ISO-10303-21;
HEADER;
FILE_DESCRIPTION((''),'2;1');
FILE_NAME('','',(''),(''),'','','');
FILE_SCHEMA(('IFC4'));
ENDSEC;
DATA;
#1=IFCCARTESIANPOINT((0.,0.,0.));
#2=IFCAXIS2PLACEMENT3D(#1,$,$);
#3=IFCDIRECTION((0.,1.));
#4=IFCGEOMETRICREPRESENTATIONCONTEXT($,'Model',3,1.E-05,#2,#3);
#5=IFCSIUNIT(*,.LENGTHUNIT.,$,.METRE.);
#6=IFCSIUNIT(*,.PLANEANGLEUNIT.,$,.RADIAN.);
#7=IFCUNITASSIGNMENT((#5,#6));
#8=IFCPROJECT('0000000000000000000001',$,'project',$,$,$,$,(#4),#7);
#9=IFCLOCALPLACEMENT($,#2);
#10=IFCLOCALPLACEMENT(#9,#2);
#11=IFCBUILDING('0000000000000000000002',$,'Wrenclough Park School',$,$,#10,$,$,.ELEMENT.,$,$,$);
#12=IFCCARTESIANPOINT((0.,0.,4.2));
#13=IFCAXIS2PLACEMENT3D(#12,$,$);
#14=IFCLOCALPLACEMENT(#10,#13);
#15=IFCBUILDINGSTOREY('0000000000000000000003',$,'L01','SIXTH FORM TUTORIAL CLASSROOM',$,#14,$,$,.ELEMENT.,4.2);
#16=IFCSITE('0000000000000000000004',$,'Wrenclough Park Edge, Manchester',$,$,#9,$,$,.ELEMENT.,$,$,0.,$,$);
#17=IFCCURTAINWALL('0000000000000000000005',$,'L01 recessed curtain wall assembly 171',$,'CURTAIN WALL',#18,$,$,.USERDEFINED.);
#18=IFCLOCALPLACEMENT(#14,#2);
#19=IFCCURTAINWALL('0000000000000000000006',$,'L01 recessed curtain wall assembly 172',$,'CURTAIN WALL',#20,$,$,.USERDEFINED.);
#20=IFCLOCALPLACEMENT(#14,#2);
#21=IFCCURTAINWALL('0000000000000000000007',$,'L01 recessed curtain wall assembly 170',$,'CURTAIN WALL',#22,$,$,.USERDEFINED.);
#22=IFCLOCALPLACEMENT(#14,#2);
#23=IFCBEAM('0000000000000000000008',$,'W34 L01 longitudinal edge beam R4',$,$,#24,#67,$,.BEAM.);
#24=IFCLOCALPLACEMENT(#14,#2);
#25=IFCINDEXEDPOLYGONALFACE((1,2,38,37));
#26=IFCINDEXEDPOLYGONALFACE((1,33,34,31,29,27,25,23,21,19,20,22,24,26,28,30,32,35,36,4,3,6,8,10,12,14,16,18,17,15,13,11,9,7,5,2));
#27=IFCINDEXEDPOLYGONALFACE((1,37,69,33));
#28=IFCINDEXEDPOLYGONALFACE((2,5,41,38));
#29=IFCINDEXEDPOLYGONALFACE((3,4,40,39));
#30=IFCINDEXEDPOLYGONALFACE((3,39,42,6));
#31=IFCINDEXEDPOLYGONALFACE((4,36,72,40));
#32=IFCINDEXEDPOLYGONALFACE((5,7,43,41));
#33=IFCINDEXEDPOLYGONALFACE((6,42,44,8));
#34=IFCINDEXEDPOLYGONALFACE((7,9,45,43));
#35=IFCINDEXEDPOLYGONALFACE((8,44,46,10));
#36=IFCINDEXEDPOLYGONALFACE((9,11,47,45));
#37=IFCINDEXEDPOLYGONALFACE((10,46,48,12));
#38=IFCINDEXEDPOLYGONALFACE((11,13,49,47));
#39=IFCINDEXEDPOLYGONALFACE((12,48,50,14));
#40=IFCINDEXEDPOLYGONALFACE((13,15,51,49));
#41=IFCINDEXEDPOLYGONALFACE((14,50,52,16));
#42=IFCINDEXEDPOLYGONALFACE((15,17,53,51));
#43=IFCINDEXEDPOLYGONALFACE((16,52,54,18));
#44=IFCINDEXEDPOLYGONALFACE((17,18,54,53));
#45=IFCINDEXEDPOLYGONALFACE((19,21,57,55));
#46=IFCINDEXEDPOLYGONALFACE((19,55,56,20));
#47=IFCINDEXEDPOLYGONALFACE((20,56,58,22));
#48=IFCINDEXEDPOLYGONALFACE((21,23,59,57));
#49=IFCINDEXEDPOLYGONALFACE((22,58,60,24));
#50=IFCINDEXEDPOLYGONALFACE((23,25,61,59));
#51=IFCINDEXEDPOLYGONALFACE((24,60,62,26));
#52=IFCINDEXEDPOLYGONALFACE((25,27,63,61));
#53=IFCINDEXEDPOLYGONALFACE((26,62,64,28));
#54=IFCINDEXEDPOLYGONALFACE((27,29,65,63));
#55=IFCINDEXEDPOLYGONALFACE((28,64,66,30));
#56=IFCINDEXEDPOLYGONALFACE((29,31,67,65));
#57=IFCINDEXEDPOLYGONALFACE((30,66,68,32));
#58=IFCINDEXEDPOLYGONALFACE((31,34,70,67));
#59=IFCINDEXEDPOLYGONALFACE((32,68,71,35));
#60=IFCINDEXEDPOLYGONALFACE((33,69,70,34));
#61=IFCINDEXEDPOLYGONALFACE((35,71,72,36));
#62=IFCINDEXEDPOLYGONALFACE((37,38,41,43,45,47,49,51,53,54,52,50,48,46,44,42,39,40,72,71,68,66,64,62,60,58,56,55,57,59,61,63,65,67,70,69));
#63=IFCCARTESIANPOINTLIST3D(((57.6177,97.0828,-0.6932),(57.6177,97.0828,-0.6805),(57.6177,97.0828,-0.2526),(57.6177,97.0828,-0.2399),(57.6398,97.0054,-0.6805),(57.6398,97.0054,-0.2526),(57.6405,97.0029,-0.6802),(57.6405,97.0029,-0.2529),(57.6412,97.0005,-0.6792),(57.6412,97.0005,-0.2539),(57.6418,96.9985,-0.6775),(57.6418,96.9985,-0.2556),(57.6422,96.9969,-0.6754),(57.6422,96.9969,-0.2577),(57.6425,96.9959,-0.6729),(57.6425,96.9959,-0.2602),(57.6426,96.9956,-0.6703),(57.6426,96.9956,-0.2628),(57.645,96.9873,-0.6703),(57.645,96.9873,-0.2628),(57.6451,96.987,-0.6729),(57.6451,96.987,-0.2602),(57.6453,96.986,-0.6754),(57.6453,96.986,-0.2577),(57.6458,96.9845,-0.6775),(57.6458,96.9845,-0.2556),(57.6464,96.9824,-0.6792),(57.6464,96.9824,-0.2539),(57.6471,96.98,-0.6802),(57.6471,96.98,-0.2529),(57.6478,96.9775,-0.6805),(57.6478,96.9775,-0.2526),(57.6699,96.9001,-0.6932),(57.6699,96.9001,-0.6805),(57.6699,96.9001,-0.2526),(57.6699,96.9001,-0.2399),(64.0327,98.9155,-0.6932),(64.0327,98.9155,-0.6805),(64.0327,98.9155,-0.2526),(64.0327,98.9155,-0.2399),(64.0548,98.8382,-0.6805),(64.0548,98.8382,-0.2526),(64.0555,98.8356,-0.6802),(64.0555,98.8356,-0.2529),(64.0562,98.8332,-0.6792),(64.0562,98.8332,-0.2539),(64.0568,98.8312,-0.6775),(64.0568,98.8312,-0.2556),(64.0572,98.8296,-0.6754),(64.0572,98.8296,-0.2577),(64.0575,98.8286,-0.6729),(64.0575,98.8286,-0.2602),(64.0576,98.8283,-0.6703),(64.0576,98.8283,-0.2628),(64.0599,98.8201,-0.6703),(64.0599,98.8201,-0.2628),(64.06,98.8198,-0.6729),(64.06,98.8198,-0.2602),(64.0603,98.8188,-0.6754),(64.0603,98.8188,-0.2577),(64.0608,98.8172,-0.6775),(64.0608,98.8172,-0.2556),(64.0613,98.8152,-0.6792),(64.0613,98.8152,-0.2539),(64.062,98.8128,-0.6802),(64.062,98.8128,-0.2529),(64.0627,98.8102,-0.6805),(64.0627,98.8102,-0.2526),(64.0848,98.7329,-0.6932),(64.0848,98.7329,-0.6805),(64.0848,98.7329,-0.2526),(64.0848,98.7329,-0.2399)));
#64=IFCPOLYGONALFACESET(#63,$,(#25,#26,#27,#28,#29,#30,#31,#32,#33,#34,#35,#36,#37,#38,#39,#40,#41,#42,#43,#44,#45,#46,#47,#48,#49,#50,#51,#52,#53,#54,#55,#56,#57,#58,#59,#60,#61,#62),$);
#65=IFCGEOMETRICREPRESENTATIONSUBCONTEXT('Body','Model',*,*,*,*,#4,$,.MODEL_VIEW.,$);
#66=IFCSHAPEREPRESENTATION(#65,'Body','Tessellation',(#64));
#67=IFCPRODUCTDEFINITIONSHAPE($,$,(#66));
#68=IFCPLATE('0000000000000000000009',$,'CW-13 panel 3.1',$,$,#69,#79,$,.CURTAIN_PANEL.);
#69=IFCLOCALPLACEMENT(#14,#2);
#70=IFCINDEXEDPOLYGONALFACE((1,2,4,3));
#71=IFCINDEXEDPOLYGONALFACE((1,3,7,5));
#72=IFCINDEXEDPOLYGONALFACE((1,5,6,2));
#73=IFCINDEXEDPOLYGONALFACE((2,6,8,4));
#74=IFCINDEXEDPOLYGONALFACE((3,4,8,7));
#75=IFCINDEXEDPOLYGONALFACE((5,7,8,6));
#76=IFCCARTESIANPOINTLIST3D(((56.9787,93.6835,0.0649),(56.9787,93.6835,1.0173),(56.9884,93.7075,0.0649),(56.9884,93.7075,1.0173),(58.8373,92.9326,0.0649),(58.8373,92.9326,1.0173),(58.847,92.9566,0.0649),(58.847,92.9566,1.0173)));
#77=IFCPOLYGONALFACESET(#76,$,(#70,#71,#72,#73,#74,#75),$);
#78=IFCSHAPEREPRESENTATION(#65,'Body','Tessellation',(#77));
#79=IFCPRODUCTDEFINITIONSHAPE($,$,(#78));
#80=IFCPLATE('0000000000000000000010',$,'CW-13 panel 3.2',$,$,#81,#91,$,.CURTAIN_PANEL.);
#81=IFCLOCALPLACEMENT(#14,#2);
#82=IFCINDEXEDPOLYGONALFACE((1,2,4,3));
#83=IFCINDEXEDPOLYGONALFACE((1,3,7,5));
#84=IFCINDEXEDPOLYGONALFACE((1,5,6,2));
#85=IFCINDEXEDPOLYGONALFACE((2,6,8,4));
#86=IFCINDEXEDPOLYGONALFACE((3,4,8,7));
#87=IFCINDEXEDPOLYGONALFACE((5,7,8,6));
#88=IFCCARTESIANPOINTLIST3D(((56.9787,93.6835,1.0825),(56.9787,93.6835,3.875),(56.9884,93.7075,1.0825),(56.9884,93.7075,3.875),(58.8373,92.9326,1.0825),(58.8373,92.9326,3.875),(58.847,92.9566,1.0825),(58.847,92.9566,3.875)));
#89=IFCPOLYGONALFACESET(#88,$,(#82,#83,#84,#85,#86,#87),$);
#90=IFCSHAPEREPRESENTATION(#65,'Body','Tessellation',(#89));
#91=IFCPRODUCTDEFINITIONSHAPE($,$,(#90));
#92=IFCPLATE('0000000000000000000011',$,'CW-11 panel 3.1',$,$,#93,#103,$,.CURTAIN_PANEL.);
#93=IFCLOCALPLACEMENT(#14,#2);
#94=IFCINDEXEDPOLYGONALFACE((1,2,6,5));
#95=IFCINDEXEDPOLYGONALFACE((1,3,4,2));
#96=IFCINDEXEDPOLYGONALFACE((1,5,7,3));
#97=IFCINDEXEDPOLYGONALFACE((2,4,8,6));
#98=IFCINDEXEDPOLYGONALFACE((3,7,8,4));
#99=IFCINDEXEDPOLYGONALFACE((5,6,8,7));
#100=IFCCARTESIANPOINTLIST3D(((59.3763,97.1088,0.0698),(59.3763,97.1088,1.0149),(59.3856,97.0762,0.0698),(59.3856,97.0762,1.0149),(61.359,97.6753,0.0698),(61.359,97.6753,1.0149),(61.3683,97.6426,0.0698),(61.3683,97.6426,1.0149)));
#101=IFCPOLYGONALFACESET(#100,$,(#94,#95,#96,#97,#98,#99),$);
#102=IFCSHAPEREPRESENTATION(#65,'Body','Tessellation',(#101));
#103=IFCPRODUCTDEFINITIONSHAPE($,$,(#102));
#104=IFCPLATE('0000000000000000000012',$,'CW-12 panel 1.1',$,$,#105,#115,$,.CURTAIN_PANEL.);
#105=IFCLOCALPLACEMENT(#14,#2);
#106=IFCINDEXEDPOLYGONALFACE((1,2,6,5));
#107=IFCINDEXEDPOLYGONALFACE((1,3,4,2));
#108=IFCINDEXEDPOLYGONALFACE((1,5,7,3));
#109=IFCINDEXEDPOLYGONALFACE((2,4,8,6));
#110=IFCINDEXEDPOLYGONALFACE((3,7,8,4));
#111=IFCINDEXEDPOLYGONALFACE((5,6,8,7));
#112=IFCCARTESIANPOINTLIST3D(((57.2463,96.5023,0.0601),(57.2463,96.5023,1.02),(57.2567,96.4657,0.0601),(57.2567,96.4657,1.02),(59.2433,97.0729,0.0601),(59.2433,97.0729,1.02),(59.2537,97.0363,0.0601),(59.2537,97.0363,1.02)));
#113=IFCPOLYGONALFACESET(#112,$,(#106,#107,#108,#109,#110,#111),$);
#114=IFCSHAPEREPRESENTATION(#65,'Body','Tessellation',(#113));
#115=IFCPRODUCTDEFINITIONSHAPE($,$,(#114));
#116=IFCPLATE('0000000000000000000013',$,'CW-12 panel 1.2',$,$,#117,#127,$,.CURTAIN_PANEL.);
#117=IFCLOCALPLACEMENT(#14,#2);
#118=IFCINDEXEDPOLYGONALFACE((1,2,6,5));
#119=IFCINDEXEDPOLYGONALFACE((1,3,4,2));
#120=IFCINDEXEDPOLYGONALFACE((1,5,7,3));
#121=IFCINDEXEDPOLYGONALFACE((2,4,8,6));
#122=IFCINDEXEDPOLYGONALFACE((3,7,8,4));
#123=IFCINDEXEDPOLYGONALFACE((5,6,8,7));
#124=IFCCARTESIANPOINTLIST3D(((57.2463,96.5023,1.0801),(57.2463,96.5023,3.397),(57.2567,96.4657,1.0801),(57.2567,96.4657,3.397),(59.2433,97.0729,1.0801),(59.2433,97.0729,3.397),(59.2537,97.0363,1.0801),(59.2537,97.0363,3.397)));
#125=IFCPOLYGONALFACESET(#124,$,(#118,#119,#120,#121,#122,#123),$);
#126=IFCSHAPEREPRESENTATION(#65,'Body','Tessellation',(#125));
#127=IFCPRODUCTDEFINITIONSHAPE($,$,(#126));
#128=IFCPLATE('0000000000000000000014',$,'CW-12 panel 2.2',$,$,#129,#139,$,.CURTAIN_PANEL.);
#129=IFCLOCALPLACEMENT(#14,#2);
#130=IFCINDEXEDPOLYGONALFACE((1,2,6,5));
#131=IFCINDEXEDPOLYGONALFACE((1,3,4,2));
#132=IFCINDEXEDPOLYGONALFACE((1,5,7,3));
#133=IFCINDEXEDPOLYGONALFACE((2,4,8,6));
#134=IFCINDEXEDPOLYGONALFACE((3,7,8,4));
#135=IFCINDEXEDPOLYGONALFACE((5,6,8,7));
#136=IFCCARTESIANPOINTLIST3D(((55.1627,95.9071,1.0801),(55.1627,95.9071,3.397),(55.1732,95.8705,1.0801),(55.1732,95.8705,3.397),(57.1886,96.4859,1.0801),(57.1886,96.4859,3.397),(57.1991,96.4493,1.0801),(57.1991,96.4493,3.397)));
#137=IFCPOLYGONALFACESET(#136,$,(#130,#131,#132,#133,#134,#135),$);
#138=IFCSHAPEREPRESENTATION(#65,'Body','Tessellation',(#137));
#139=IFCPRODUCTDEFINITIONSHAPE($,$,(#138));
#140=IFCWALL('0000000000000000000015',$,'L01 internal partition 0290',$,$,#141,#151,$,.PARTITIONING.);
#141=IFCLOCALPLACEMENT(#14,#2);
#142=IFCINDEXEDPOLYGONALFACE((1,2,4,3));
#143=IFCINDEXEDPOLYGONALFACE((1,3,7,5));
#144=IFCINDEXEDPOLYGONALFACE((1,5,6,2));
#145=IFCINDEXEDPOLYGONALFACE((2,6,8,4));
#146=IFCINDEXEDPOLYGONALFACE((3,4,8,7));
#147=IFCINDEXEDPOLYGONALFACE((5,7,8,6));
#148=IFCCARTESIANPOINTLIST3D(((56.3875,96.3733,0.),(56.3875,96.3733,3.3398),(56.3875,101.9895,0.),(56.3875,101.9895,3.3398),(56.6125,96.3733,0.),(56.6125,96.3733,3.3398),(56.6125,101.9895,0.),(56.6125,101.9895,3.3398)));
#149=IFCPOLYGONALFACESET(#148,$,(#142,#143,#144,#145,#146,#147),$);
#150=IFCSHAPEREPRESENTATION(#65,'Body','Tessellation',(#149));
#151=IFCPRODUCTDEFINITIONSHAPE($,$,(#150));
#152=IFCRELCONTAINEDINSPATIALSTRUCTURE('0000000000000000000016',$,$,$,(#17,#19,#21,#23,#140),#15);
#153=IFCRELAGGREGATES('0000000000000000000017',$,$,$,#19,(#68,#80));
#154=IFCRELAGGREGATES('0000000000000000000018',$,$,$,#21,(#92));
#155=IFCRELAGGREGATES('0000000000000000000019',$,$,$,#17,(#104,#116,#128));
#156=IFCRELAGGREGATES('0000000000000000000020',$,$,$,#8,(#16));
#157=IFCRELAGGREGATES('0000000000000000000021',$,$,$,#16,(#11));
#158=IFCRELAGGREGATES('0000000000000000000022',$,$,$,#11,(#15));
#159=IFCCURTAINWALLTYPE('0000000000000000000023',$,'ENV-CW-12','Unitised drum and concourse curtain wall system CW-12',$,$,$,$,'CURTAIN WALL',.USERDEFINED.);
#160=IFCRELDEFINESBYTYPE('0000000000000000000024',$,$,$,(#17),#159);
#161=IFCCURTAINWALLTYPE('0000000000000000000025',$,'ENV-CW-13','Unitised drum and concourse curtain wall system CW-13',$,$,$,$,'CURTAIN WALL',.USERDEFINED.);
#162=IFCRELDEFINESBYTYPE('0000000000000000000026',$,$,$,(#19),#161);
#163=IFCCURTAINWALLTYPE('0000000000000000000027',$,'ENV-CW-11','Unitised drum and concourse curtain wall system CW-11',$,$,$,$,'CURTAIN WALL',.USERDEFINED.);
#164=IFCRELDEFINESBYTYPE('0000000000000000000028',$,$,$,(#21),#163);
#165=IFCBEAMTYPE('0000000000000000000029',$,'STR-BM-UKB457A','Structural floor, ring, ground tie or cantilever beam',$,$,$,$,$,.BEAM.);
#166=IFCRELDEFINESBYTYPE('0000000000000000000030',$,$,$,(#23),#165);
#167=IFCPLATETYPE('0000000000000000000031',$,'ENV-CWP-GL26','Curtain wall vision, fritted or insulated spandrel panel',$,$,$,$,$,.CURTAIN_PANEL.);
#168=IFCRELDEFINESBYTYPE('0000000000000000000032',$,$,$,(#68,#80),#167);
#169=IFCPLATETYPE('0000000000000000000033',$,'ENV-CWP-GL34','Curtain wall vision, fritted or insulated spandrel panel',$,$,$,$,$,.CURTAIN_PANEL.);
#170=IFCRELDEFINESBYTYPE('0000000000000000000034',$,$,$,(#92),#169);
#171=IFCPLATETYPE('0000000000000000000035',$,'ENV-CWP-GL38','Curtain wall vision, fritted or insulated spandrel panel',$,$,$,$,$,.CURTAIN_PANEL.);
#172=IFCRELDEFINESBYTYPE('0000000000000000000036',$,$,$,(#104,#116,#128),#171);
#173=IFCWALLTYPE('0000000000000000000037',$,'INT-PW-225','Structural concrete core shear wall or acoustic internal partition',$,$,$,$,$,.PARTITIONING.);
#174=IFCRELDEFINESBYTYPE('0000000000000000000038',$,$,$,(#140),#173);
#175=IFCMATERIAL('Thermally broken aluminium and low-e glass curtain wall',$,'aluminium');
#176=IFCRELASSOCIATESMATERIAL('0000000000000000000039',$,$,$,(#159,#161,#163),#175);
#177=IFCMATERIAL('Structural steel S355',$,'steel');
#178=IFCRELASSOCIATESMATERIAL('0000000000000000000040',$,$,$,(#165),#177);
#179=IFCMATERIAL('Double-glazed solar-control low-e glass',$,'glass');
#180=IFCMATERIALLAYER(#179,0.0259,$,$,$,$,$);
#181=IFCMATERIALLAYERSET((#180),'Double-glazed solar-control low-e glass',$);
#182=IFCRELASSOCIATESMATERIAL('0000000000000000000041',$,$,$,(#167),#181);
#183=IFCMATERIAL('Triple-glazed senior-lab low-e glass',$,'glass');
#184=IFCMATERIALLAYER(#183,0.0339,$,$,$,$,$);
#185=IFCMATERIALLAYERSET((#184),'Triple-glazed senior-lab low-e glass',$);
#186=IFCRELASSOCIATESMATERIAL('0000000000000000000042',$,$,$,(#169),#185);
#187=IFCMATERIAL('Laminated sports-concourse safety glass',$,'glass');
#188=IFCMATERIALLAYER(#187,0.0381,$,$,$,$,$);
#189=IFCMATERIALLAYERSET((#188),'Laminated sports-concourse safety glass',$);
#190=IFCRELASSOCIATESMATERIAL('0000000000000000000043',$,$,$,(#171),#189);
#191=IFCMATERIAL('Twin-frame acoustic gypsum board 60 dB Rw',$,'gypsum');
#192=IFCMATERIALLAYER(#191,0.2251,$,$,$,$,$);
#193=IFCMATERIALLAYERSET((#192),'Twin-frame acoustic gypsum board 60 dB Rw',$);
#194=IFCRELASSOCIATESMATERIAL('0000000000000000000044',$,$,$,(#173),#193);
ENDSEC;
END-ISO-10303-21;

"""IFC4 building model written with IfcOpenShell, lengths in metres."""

from ifc_helpers import new_model, si_unit, direction, frame, frame_2d, origin, origin_2d, place, context, subcontext, project, spatial, rectangle, i_section, extrude, material, layer, layer_set, material_profile, profile_set, type_object, element, aggregate, save


model = new_model("IFC4")

# Units and contexts
model_context = context("Model", 3, precision=1e-05, world=origin(), true_north=direction((0.0, 1.0)))
body_context = subcontext(model_context, "Body", "Model", "MODEL_VIEW")
ifc_project = project(units=[si_unit("LENGTHUNIT", "METRE"), si_unit("PLANEANGLEUNIT", "RADIAN")], contexts=[model_context])

# Site, building, storey
site_placement = place(None, origin())
site = spatial("IfcSite", under=ifc_project, at=site_placement, Name="Wrenclough Park Edge, Manchester", CompositionType="ELEMENT", RefElevation=0.0)
building_placement = place(site_placement, origin())
building = spatial("IfcBuilding", under=site, at=building_placement, Name="Wrenclough Park School", CompositionType="ELEMENT")
storey_placement = place(building_placement, frame((0.0, 0.0, 4.2)))
storey = spatial("IfcBuildingStorey", under=building, at=storey_placement, Name="L01", Description="SIXTH FORM TUTORIAL CLASSROOM", CompositionType="ELEMENT", Elevation=4.2)

# Shared definitions
ifc_material_1 = material(Name="Structural steel S355", Category="steel")

# Curtain walls
ifc_material_2 = material(Name="Thermally broken aluminium and low-e glass curtain wall", Category="aluminium")
curtain_wall_type_1 = type_object("IfcCurtainWallType", Name="ENV-CW-12", Description="Unitised drum and concourse curtain wall system CW-12", ElementType="CURTAIN WALL", PredefinedType="USERDEFINED", material=ifc_material_2)
curtain_wall_1_placement = place(storey_placement, origin())
curtain_wall_1 = element("IfcCurtainWall", 1, at=curtain_wall_1_placement, inside=storey, type_object=curtain_wall_type_1, Name="L01 recessed curtain wall assembly 171", ObjectType="CURTAIN WALL", PredefinedType="USERDEFINED")
curtain_wall_type_2 = type_object("IfcCurtainWallType", Name="ENV-CW-13", Description="Unitised drum and concourse curtain wall system CW-13", ElementType="CURTAIN WALL", PredefinedType="USERDEFINED", material=ifc_material_2)
curtain_wall_2_placement = place(storey_placement, origin())
curtain_wall_2 = element("IfcCurtainWall", 2, at=curtain_wall_2_placement, inside=storey, type_object=curtain_wall_type_2, Name="L01 recessed curtain wall assembly 172", ObjectType="CURTAIN WALL", PredefinedType="USERDEFINED")

# Curtain wall
curtain_wall_type_3 = type_object("IfcCurtainWallType", Name="ENV-CW-11", Description="Unitised drum and concourse curtain wall system CW-11", ElementType="CURTAIN WALL", PredefinedType="USERDEFINED", material=ifc_material_2)
curtain_wall_3_placement = place(storey_placement, origin())
curtain_wall_3 = element("IfcCurtainWall", 3, at=curtain_wall_3_placement, inside=storey, type_object=curtain_wall_type_3, Name="L01 recessed curtain wall assembly 170", ObjectType="CURTAIN WALL", PredefinedType="USERDEFINED")

# Beam
ifc_material_profile_1 = material_profile(ifc_material_1, i_section(OverallWidth=0.1899, OverallDepth=0.4534, WebThickness=0.0085, FlangeThickness=0.0127, FilletRadius=0.0103, at=origin_2d()), Name="UKB 457x191x67")
ifc_profile_set_1 = profile_set([ifc_material_profile_1], Name="Structural steel S355")
beam_type_1 = type_object("IfcBeamType", Name="STR-BM-UKB457A", Description="Structural floor, ring, ground tie or cantilever beam", PredefinedType="BEAM", material=ifc_profile_set_1)
beam_1_placement = place(storey_placement, frame((57.6438, 96.9915, -0.4666), z_axis=(0.961528, 0.274707, 0.0), x_axis=(-0.274707, 0.961528, 0.0)))
element("IfcBeam", 4, at=beam_1_placement, inside=storey, type_object=beam_type_1, Name="W34 L01 longitudinal edge beam R4", PredefinedType="BEAM", context=body_context, shape_type="SweptSolid", body=[
    extrude(i_section(OverallWidth=0.1899, OverallDepth=0.4534, WebThickness=0.0085, FlangeThickness=0.0127, FilletRadius=0.0103, at=origin_2d()), origin(), (0.0, 0.0, 1.0), 6.6716),
])

# Plates
ifc_material_3 = material(Name="Double-glazed solar-control low-e glass", Category="glass")
ifc_layer_1 = layer(ifc_material_3, 0.0259)
ifc_layer_set_1 = layer_set([ifc_layer_1], Name="Double-glazed solar-control low-e glass")
plate_type_1 = type_object("IfcPlateType", Name="ENV-CWP-GL26", Description="Curtain wall vision, fritted or insulated spandrel panel", PredefinedType="CURTAIN_PANEL", material=ifc_layer_set_1)
plate_1_placement = place(storey_placement, frame((57.9128, 93.3201, 0.0649), z_axis=(0.0, 0.0, 1.0), x_axis=(0.927184, -0.374606, 0.0)))
plate_1 = element("IfcPlate", 5, at=plate_1_placement, type_object=plate_type_1, Name="CW-13 panel 3.1", PredefinedType="CURTAIN_PANEL", context=body_context, shape_type="SweptSolid", body=[
    extrude(rectangle(XDim=2.0046, YDim=0.0259, at=origin_2d()), origin(), (0.0, 0.0, 1.0), 0.9524),
])
plate_2_placement = place(storey_placement, frame((57.9128, 93.3201, 1.0825), z_axis=(0.0, 0.0, 1.0), x_axis=(0.927184, -0.374606, 0.0)))
plate_2 = element("IfcPlate", 6, at=plate_2_placement, type_object=plate_type_1, Name="CW-13 panel 3.2", PredefinedType="CURTAIN_PANEL", context=body_context, shape_type="SweptSolid", body=[
    extrude(rectangle(XDim=2.0046, YDim=0.0259, at=origin_2d()), origin(), (0.0, 0.0, 1.0), 2.7925),
])
aggregate(curtain_wall_2, [plate_1, plate_2])
ifc_material_4 = material(Name="Triple-glazed senior-lab low-e glass", Category="glass")
ifc_layer_2 = layer(ifc_material_4, 0.0339)
ifc_layer_set_2 = layer_set([ifc_layer_2], Name="Triple-glazed senior-lab low-e glass")
plate_type_2 = type_object("IfcPlateType", Name="ENV-CWP-GL34", Description="Curtain wall vision, fritted or insulated spandrel panel", PredefinedType="CURTAIN_PANEL", material=ifc_layer_set_2)
plate_3_placement = place(storey_placement, frame((60.3723, 97.3757, 0.0698), z_axis=(0.0, 0.0, 1.0), x_axis=(-0.961527, -0.274709, 0.0)))
plate_3 = element("IfcPlate", 7, at=plate_3_placement, type_object=plate_type_2, Name="CW-11 panel 3.1", PredefinedType="CURTAIN_PANEL", context=body_context, shape_type="SweptSolid", body=[
    extrude(rectangle(XDim=2.062, YDim=0.0339, at=origin_2d()), origin(), (0.0, 0.0, 1.0), 0.9451),
])
aggregate(curtain_wall_3, [plate_3])
ifc_material_5 = material(Name="Laminated sports-concourse safety glass", Category="glass")
ifc_layer_3 = layer(ifc_material_5, 0.0381)
ifc_layer_set_3 = layer_set([ifc_layer_3], Name="Laminated sports-concourse safety glass")
plate_type_3 = type_object("IfcPlateType", Name="ENV-CWP-GL38", Description="Curtain wall vision, fritted or insulated spandrel panel", PredefinedType="CURTAIN_PANEL", material=ifc_layer_set_3)
plate_4_placement = place(storey_placement, frame((58.25, 96.7693, 0.0601), z_axis=(0.0, 0.0, 1.0), x_axis=(-0.961523, -0.274723, 0.0)))
plate_4 = element("IfcPlate", 8, at=plate_4_placement, type_object=plate_type_3, Name="CW-12 panel 1.1", PredefinedType="CURTAIN_PANEL", context=body_context, shape_type="SweptSolid", body=[
    extrude(rectangle(XDim=2.0769, YDim=0.0381, at=origin_2d()), origin(), (0.0, 0.0, 1.0), 0.96),
])
plate_5_placement = place(storey_placement, frame((58.25, 96.7693, 1.0801), z_axis=(0.0, 0.0, 1.0), x_axis=(-0.961523, -0.274723, 0.0)))
plate_5 = element("IfcPlate", 9, at=plate_5_placement, type_object=plate_type_3, Name="CW-12 panel 1.2", PredefinedType="CURTAIN_PANEL", context=body_context, shape_type="SweptSolid", body=[
    extrude(rectangle(XDim=2.0769, YDim=0.0381, at=origin_2d()), origin(), (0.0, 0.0, 1.0), 2.3169),
])
plate_6_placement = place(storey_placement, frame((56.1809, 96.1782, 1.0801), z_axis=(0.0, 0.0, 1.0), x_axis=(-0.961523, -0.274723, 0.0)))
plate_6 = element("IfcPlate", 10, at=plate_6_placement, type_object=plate_type_3, Name="CW-12 panel 2.2", PredefinedType="CURTAIN_PANEL", context=body_context, shape_type="SweptSolid", body=[
    extrude(rectangle(XDim=2.1069, YDim=0.0381, at=origin_2d()), origin(), (0.0, 0.0, 1.0), 2.3169),
])
aggregate(curtain_wall_1, [plate_4, plate_5, plate_6])

# Wall
ifc_material_6 = material(Name="Twin-frame acoustic gypsum board 60 dB Rw", Category="gypsum")
ifc_layer_4 = layer(ifc_material_6, 0.2251)
ifc_layer_set_4 = layer_set([ifc_layer_4], Name="Twin-frame acoustic gypsum board 60 dB Rw")
wall_type = type_object("IfcWallType", Name="INT-PW-225", Description="Structural concrete core shear wall or acoustic internal partition", PredefinedType="PARTITIONING", material=ifc_layer_set_4)
wall_placement = place(storey_placement, frame((56.5, 96.3733, 0.0), z_axis=(0.0, 0.0, 1.0), x_axis=(0.0, 1.0, 0.0)))
element("IfcWall", 11, at=wall_placement, inside=storey, type_object=wall_type, Name="L01 internal partition 0290", PredefinedType="PARTITIONING", context=body_context, shape_type="SweptSolid", body=[
    extrude(rectangle(XDim=5.6162, YDim=0.2251, at=frame_2d((2.8081, 0.0))), origin(), (0.0, 0.0, 1.0), 3.3398),
])

save(model, "model.ifc")
